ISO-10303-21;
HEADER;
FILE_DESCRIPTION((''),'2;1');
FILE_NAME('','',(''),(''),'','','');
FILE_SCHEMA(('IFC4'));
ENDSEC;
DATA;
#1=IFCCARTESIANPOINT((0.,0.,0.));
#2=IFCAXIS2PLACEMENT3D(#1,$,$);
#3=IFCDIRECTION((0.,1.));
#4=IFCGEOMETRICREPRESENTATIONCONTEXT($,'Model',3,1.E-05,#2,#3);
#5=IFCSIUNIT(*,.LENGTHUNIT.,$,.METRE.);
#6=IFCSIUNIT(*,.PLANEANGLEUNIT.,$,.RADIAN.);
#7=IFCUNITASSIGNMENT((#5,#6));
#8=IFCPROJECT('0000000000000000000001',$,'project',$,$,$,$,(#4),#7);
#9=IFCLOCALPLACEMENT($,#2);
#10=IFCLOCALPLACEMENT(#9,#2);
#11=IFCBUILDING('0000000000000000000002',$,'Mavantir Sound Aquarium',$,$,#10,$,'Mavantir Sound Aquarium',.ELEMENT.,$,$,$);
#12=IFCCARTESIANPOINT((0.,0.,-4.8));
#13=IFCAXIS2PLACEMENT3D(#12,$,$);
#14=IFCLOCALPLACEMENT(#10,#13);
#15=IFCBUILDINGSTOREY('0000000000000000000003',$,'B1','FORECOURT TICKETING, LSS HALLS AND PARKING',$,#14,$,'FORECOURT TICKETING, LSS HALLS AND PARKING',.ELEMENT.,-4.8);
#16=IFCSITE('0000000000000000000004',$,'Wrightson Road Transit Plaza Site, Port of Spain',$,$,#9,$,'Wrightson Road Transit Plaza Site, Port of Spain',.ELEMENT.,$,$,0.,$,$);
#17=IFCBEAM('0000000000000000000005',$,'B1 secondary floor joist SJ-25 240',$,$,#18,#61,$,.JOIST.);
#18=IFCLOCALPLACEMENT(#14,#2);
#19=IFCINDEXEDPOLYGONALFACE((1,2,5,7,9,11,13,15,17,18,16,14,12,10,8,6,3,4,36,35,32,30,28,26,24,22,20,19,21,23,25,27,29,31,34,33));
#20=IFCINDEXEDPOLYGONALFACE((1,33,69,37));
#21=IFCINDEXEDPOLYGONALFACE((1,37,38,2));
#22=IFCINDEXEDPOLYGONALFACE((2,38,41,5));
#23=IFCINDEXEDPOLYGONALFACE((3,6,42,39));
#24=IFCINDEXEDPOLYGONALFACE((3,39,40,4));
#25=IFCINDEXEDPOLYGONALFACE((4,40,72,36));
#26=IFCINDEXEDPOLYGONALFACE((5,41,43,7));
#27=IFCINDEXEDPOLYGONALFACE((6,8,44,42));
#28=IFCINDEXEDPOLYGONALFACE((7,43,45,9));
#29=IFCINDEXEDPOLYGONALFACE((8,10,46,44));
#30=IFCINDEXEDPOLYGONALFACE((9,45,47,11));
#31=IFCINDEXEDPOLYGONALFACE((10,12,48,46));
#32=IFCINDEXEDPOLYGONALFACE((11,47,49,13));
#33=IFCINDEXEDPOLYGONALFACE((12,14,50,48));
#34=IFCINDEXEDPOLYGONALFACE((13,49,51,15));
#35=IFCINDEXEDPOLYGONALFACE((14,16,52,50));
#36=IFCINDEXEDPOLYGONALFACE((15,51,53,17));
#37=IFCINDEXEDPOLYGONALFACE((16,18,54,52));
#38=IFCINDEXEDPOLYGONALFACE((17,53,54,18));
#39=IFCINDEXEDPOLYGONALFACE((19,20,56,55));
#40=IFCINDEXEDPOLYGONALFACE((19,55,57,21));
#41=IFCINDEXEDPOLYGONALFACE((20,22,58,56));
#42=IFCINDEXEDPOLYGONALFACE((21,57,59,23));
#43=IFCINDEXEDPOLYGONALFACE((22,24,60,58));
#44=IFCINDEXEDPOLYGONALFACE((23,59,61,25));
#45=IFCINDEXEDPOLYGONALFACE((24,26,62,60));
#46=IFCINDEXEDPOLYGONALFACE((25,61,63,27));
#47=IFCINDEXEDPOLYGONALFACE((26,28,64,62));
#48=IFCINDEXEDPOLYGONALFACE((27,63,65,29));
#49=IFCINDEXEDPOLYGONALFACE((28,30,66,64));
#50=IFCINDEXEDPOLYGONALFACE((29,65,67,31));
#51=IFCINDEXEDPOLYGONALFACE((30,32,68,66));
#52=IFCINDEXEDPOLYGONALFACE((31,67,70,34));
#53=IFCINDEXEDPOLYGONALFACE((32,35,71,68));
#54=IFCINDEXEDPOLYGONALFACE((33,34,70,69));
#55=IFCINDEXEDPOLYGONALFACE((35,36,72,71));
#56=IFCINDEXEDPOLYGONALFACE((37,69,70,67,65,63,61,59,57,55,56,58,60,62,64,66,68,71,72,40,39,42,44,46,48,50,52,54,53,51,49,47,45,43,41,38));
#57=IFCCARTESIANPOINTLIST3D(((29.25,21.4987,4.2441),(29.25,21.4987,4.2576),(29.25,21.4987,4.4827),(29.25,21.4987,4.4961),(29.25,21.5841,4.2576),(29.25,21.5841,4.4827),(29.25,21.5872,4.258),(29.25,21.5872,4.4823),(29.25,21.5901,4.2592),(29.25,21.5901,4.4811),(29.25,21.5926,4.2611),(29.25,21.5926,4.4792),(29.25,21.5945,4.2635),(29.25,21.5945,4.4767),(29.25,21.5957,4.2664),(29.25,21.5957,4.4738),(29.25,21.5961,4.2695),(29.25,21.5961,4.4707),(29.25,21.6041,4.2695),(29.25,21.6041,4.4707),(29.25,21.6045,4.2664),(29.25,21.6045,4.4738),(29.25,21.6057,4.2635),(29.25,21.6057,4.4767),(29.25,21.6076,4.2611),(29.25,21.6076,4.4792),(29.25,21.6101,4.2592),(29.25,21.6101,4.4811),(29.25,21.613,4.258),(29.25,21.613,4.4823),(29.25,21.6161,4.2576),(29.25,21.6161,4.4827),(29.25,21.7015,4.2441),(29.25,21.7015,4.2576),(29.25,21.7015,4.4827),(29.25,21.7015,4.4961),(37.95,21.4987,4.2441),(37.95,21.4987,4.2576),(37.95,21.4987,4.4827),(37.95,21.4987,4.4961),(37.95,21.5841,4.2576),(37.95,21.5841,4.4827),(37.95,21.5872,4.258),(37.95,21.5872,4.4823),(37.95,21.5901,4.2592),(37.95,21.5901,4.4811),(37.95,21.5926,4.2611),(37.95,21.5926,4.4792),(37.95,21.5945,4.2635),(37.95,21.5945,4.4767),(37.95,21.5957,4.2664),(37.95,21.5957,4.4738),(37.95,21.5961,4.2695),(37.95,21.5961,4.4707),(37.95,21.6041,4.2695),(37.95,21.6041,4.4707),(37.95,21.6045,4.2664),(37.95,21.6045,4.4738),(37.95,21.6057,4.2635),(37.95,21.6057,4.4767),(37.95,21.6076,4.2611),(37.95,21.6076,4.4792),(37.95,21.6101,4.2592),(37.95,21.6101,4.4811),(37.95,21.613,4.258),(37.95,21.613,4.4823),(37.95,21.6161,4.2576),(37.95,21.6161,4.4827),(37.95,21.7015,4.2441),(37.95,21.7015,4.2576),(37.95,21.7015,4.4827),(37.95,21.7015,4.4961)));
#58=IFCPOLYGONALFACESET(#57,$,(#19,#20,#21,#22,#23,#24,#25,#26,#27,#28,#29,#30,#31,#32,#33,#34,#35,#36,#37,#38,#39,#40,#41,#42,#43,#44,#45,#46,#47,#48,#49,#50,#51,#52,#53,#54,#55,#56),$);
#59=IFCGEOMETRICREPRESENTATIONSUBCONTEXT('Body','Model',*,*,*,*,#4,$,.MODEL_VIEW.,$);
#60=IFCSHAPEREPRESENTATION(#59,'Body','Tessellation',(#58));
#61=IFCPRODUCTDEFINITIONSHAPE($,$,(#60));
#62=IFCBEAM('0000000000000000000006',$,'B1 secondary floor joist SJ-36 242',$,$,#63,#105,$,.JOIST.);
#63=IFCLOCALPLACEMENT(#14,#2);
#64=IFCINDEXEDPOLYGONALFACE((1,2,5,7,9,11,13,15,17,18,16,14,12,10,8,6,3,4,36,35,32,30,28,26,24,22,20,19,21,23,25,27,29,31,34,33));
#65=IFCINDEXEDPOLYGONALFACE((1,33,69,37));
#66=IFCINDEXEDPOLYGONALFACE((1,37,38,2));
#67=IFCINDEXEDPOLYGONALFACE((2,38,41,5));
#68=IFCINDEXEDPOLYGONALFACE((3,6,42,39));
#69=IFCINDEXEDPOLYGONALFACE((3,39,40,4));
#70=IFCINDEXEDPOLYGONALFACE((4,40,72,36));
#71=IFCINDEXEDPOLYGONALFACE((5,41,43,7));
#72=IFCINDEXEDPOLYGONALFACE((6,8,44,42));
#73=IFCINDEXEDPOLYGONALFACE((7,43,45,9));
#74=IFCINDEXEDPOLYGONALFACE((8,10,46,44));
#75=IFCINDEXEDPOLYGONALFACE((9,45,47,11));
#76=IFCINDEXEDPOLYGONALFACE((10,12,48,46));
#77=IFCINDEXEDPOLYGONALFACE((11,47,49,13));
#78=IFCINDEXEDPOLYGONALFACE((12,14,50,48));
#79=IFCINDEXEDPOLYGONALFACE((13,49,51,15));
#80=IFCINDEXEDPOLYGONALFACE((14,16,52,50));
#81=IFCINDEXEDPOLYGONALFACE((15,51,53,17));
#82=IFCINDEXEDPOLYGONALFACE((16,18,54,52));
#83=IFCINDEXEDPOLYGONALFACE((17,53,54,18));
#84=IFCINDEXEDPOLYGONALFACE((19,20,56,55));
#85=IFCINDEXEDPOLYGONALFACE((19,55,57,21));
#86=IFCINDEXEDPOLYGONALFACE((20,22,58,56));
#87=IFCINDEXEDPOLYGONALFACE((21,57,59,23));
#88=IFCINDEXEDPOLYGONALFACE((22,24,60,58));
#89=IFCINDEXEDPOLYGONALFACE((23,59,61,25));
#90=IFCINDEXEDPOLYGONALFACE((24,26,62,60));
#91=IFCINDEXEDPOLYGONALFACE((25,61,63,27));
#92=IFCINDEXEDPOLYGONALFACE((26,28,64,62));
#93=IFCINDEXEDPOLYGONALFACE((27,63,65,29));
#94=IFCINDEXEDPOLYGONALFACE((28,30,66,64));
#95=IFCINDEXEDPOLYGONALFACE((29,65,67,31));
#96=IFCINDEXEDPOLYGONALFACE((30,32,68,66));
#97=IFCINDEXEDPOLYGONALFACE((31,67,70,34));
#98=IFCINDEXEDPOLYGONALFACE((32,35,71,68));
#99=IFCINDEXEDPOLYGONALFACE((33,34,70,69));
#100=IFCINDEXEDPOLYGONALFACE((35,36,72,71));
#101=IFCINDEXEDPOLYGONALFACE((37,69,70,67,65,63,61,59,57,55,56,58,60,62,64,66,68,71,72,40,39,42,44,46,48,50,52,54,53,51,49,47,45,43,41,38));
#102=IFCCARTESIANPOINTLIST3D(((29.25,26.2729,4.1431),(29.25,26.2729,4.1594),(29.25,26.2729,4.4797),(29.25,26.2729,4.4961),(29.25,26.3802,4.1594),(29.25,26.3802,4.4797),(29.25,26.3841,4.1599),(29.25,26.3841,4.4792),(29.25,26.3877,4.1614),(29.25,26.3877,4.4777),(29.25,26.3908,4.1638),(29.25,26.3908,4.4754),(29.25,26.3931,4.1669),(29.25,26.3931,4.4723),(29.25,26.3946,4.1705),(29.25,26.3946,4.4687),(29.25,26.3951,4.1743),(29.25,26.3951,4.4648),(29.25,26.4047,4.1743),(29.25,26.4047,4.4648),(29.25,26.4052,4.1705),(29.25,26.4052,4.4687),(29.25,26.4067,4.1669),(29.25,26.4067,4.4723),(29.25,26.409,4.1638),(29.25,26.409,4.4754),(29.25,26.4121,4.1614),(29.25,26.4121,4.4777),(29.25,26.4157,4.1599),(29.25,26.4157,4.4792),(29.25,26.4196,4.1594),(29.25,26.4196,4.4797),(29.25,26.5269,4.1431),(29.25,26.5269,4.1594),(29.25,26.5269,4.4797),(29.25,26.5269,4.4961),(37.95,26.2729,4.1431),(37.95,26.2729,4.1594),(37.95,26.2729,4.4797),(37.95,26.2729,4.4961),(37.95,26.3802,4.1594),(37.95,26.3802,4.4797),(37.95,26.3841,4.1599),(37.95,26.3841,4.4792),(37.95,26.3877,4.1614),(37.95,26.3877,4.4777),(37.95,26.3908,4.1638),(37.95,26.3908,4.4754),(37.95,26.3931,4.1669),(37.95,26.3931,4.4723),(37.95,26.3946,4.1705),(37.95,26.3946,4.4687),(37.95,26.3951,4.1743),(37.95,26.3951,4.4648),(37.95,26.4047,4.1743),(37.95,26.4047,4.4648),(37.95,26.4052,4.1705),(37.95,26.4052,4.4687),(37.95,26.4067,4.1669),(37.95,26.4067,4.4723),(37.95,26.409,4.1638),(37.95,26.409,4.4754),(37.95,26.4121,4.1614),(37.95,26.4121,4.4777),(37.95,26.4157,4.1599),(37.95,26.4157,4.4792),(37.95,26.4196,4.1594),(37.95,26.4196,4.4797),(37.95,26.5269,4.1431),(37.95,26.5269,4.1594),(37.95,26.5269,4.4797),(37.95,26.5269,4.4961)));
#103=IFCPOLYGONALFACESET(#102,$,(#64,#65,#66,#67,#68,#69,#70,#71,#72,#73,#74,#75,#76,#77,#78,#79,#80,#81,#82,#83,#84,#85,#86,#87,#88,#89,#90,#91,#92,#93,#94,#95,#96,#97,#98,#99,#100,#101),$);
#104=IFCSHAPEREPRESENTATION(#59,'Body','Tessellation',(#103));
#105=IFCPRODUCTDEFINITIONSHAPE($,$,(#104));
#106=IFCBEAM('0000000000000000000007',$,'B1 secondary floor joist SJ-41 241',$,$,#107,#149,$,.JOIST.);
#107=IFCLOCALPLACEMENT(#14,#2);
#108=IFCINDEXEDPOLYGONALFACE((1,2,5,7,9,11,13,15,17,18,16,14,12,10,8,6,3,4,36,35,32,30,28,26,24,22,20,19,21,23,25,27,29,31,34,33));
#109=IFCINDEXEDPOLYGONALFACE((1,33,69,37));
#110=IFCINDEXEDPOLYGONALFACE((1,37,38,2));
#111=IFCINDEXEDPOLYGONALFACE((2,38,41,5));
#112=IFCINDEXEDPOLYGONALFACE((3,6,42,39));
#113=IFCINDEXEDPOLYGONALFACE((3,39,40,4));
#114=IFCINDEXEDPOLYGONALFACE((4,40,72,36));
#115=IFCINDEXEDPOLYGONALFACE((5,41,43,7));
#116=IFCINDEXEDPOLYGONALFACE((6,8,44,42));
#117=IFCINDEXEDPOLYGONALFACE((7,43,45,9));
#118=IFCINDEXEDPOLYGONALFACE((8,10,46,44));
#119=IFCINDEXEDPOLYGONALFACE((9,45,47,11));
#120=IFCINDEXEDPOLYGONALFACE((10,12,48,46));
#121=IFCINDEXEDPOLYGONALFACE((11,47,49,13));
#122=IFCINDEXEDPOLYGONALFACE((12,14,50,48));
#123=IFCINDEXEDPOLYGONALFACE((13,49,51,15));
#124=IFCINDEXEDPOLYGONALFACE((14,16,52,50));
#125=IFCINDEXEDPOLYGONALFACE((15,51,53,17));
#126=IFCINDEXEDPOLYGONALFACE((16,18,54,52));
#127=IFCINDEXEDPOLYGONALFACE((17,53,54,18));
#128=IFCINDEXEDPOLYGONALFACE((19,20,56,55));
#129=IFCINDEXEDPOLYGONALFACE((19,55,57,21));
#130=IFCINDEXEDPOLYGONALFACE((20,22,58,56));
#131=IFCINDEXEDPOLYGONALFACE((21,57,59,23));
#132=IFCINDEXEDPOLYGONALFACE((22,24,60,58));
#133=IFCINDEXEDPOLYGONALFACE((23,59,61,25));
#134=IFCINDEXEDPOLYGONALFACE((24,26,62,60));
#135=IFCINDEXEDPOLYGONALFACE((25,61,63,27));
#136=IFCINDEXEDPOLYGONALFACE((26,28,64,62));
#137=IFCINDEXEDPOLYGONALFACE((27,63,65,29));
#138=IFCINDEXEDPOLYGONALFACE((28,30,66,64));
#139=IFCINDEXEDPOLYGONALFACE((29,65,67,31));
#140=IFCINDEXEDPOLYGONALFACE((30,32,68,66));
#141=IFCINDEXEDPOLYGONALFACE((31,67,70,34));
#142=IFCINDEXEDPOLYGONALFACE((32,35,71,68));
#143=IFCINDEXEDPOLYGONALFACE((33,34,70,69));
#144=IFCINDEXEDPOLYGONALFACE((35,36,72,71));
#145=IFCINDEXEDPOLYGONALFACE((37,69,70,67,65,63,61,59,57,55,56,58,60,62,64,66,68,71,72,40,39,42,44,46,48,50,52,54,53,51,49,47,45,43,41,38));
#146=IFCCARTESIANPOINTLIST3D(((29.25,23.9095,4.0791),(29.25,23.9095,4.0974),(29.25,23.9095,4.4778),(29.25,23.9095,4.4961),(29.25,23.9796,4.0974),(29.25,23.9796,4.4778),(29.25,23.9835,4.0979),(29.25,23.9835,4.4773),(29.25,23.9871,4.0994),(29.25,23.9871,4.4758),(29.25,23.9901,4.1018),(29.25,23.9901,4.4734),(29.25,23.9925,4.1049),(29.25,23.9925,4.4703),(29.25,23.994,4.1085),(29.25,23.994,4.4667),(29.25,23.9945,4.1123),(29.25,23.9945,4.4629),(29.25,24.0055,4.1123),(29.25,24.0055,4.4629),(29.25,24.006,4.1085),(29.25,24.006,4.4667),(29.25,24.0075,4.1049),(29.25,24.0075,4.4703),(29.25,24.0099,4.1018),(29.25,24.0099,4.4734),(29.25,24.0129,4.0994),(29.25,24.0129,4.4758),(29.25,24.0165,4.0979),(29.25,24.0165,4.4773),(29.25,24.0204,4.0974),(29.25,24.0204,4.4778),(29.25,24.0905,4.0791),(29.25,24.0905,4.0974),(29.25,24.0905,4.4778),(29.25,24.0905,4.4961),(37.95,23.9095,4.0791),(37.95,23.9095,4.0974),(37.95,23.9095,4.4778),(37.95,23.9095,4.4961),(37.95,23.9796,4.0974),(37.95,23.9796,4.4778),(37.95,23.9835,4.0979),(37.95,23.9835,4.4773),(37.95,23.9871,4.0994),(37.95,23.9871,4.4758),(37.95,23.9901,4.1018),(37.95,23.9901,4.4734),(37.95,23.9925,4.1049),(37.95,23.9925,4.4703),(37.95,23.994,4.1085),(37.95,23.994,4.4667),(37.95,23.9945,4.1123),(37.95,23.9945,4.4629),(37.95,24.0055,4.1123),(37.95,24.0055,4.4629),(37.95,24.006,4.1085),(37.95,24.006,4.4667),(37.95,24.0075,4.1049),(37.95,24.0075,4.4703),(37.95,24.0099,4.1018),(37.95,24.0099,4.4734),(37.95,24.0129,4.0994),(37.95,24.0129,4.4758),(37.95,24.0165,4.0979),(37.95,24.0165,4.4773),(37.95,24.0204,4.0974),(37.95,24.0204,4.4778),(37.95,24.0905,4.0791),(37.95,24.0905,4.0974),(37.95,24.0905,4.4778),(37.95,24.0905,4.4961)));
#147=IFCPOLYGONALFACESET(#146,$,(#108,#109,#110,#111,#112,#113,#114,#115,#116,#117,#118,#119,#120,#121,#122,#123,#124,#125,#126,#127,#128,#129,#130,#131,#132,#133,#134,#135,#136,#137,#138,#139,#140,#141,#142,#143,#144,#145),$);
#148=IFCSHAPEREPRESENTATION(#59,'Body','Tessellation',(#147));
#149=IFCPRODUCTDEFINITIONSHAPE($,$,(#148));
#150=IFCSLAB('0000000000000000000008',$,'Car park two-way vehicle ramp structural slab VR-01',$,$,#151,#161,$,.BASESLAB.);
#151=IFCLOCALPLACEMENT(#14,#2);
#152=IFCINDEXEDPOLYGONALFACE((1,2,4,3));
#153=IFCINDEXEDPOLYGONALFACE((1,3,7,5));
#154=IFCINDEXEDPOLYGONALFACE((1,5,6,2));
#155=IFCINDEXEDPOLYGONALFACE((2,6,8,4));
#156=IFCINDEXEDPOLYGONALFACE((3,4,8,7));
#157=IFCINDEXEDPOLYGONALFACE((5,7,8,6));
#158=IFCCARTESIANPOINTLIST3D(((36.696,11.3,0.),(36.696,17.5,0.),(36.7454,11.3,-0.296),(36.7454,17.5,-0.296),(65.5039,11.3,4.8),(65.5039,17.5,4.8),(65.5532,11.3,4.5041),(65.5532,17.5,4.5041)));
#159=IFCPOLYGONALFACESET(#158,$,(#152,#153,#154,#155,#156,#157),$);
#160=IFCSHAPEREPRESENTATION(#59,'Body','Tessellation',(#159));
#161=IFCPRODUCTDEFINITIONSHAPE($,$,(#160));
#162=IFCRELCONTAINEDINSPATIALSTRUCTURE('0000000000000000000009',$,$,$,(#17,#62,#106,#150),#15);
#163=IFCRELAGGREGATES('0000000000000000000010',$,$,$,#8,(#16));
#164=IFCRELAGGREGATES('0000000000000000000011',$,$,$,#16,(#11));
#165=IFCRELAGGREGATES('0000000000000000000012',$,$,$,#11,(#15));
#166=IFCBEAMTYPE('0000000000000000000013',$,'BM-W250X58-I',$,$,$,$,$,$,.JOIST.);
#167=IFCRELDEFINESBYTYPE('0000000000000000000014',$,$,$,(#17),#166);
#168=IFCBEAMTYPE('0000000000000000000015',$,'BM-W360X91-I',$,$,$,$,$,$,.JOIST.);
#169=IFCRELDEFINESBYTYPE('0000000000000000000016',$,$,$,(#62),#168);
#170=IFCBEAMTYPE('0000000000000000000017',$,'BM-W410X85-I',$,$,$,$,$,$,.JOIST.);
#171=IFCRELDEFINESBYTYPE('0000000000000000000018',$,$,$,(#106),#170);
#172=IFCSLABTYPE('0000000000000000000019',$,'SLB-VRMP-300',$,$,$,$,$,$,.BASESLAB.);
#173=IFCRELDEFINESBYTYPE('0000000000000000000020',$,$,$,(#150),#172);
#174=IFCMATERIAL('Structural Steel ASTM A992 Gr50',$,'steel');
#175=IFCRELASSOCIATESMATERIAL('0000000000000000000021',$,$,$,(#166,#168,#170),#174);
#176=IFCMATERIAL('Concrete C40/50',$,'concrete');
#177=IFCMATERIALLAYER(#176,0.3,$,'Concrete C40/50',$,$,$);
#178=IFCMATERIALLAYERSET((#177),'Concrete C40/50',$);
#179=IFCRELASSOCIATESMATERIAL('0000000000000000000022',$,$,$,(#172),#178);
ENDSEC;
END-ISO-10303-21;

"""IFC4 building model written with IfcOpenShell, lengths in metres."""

from ifc_helpers import new_model, si_unit, direction, frame, origin, origin_2d, place, context, subcontext, project, spatial, polyline, i_section, outline, extrude, material, layer, layer_set, material_profile, profile_set, type_object, element, save


model = new_model("IFC4")

# Units and contexts
model_context = context("Model", 3, precision=1e-05, world=origin(), true_north=direction((0.0, 1.0)))
body_context = subcontext(model_context, "Body", "Model", "MODEL_VIEW")
ifc_project = project(units=[si_unit("LENGTHUNIT", "METRE"), si_unit("PLANEANGLEUNIT", "RADIAN")], contexts=[model_context])

# Site, building, storey
site_placement = place(None, origin())
site = spatial("IfcSite", under=ifc_project, at=site_placement, Name="Wrightson Road Transit Plaza Site, Port of Spain", LongName="Wrightson Road Transit Plaza Site, Port of Spain", CompositionType="ELEMENT", RefElevation=0.0)
building_placement = place(site_placement, origin())
building = spatial("IfcBuilding", under=site, at=building_placement, Name="Mavantir Sound Aquarium", LongName="Mavantir Sound Aquarium", CompositionType="ELEMENT")
storey_placement = place(building_placement, frame((0.0, 0.0, -4.8)))
storey = spatial("IfcBuildingStorey", under=building, at=storey_placement, Name="B1", Description="FORECOURT TICKETING, LSS HALLS AND PARKING", LongName="FORECOURT TICKETING, LSS HALLS AND PARKING", CompositionType="ELEMENT", Elevation=-4.8)

# Shared definitions
ifc_material_1 = material(Name="Concrete C40/50", Category="concrete")

# Beams
ifc_material_2 = material(Name="Structural Steel ASTM A992 Gr50", Category="steel")
ifc_material_profile_1 = material_profile(ifc_material_2, i_section(OverallWidth=0.2029, OverallDepth=0.252, WebThickness=0.0081, FlangeThickness=0.0134, FilletRadius=0.012, at=origin_2d()), Name="W250X58")
ifc_profile_set_1 = profile_set([ifc_material_profile_1], Name="Structural Steel ASTM A992 Gr50")
beam_type_1 = type_object("IfcBeamType", Name="BM-W250X58-I", PredefinedType="JOIST", material=ifc_profile_set_1)
beam_1_placement = place(storey_placement, frame((29.25, 21.6001, 4.3701), z_axis=(1.0, 0.0, 0.0), x_axis=(0.0, 1.0, 0.0)))
element("IfcBeam", 1, at=beam_1_placement, inside=storey, type_object=beam_type_1, Name="B1 secondary floor joist SJ-25 240", PredefinedType="JOIST", context=body_context, shape_type="SweptSolid", body=[
    extrude(i_section(OverallWidth=0.2029, OverallDepth=0.252, WebThickness=0.0081, FlangeThickness=0.0134, FilletRadius=0.012, at=origin_2d()), origin(), (0.0, 0.0, 1.0), 8.7),
])
ifc_material_profile_2 = material_profile(ifc_material_2, i_section(OverallWidth=0.2539, OverallDepth=0.353, WebThickness=0.0095, FlangeThickness=0.0164, FilletRadius=0.0149, at=origin_2d()), Name="W360X91")
ifc_profile_set_2 = profile_set([ifc_material_profile_2], Name="Structural Steel ASTM A992 Gr50")
beam_type_2 = type_object("IfcBeamType", Name="BM-W360X91-I", PredefinedType="JOIST", material=ifc_profile_set_2)
beam_2_placement = place(storey_placement, frame((29.25, 26.3999, 4.3196), z_axis=(1.0, 0.0, 0.0), x_axis=(0.0, 1.0, 0.0)))
element("IfcBeam", 2, at=beam_2_placement, inside=storey, type_object=beam_type_2, Name="B1 secondary floor joist SJ-36 242", PredefinedType="JOIST", context=body_context, shape_type="SweptSolid", body=[
    extrude(i_section(OverallWidth=0.2539, OverallDepth=0.353, WebThickness=0.0095, FlangeThickness=0.0164, FilletRadius=0.0149, at=origin_2d()), origin(), (0.0, 0.0, 1.0), 8.7),
])
ifc_material_profile_3 = material_profile(ifc_material_2, i_section(OverallWidth=0.1809, OverallDepth=0.417, WebThickness=0.011, FlangeThickness=0.0183, FilletRadius=0.0149, at=origin_2d()), Name="W410X85")
ifc_profile_set_3 = profile_set([ifc_material_profile_3], Name="Structural Steel ASTM A992 Gr50")
beam_type_3 = type_object("IfcBeamType", Name="BM-W410X85-I", PredefinedType="JOIST", material=ifc_profile_set_3)
beam_3_placement = place(storey_placement, frame((29.25, 24.0, 4.2876), z_axis=(1.0, 0.0, 0.0), x_axis=(0.0, 1.0, 0.0)))
element("IfcBeam", 3, at=beam_3_placement, inside=storey, type_object=beam_type_3, Name="B1 secondary floor joist SJ-41 241", PredefinedType="JOIST", context=body_context, shape_type="SweptSolid", body=[
    extrude(i_section(OverallWidth=0.1809, OverallDepth=0.417, WebThickness=0.011, FlangeThickness=0.0183, FilletRadius=0.0149, at=origin_2d()), origin(), (0.0, 0.0, 1.0), 8.7),
])

# Slab
ifc_layer = layer(ifc_material_1, 0.3, Name="Concrete C40/50")
ifc_layer_set = layer_set([ifc_layer], Name="Concrete C40/50")
slab_type = type_object("IfcSlabType", Name="SLB-VRMP-300", PredefinedType="BASESLAB", material=ifc_layer_set)
slab_placement = place(storey_placement, frame((36.696, 11.3, 0.0), z_axis=(-0.164357, 0.0, 0.986401), x_axis=(0.986401, 0.0, 0.164357)))
element("IfcSlab", 4, at=slab_placement, inside=storey, type_object=slab_type, Name="Car park two-way vehicle ramp structural slab VR-01", PredefinedType="BASESLAB", context=body_context, shape_type="SweptSolid", body=[
    extrude(outline(polyline([(0.0, 0.0), (29.205, 0.0), (29.205, 6.2), (0.0, 6.2), (0.0, 0.0)])), origin(), (0.0, 0.0, -1.0), 0.3),
])

save(model, "model.ifc")
